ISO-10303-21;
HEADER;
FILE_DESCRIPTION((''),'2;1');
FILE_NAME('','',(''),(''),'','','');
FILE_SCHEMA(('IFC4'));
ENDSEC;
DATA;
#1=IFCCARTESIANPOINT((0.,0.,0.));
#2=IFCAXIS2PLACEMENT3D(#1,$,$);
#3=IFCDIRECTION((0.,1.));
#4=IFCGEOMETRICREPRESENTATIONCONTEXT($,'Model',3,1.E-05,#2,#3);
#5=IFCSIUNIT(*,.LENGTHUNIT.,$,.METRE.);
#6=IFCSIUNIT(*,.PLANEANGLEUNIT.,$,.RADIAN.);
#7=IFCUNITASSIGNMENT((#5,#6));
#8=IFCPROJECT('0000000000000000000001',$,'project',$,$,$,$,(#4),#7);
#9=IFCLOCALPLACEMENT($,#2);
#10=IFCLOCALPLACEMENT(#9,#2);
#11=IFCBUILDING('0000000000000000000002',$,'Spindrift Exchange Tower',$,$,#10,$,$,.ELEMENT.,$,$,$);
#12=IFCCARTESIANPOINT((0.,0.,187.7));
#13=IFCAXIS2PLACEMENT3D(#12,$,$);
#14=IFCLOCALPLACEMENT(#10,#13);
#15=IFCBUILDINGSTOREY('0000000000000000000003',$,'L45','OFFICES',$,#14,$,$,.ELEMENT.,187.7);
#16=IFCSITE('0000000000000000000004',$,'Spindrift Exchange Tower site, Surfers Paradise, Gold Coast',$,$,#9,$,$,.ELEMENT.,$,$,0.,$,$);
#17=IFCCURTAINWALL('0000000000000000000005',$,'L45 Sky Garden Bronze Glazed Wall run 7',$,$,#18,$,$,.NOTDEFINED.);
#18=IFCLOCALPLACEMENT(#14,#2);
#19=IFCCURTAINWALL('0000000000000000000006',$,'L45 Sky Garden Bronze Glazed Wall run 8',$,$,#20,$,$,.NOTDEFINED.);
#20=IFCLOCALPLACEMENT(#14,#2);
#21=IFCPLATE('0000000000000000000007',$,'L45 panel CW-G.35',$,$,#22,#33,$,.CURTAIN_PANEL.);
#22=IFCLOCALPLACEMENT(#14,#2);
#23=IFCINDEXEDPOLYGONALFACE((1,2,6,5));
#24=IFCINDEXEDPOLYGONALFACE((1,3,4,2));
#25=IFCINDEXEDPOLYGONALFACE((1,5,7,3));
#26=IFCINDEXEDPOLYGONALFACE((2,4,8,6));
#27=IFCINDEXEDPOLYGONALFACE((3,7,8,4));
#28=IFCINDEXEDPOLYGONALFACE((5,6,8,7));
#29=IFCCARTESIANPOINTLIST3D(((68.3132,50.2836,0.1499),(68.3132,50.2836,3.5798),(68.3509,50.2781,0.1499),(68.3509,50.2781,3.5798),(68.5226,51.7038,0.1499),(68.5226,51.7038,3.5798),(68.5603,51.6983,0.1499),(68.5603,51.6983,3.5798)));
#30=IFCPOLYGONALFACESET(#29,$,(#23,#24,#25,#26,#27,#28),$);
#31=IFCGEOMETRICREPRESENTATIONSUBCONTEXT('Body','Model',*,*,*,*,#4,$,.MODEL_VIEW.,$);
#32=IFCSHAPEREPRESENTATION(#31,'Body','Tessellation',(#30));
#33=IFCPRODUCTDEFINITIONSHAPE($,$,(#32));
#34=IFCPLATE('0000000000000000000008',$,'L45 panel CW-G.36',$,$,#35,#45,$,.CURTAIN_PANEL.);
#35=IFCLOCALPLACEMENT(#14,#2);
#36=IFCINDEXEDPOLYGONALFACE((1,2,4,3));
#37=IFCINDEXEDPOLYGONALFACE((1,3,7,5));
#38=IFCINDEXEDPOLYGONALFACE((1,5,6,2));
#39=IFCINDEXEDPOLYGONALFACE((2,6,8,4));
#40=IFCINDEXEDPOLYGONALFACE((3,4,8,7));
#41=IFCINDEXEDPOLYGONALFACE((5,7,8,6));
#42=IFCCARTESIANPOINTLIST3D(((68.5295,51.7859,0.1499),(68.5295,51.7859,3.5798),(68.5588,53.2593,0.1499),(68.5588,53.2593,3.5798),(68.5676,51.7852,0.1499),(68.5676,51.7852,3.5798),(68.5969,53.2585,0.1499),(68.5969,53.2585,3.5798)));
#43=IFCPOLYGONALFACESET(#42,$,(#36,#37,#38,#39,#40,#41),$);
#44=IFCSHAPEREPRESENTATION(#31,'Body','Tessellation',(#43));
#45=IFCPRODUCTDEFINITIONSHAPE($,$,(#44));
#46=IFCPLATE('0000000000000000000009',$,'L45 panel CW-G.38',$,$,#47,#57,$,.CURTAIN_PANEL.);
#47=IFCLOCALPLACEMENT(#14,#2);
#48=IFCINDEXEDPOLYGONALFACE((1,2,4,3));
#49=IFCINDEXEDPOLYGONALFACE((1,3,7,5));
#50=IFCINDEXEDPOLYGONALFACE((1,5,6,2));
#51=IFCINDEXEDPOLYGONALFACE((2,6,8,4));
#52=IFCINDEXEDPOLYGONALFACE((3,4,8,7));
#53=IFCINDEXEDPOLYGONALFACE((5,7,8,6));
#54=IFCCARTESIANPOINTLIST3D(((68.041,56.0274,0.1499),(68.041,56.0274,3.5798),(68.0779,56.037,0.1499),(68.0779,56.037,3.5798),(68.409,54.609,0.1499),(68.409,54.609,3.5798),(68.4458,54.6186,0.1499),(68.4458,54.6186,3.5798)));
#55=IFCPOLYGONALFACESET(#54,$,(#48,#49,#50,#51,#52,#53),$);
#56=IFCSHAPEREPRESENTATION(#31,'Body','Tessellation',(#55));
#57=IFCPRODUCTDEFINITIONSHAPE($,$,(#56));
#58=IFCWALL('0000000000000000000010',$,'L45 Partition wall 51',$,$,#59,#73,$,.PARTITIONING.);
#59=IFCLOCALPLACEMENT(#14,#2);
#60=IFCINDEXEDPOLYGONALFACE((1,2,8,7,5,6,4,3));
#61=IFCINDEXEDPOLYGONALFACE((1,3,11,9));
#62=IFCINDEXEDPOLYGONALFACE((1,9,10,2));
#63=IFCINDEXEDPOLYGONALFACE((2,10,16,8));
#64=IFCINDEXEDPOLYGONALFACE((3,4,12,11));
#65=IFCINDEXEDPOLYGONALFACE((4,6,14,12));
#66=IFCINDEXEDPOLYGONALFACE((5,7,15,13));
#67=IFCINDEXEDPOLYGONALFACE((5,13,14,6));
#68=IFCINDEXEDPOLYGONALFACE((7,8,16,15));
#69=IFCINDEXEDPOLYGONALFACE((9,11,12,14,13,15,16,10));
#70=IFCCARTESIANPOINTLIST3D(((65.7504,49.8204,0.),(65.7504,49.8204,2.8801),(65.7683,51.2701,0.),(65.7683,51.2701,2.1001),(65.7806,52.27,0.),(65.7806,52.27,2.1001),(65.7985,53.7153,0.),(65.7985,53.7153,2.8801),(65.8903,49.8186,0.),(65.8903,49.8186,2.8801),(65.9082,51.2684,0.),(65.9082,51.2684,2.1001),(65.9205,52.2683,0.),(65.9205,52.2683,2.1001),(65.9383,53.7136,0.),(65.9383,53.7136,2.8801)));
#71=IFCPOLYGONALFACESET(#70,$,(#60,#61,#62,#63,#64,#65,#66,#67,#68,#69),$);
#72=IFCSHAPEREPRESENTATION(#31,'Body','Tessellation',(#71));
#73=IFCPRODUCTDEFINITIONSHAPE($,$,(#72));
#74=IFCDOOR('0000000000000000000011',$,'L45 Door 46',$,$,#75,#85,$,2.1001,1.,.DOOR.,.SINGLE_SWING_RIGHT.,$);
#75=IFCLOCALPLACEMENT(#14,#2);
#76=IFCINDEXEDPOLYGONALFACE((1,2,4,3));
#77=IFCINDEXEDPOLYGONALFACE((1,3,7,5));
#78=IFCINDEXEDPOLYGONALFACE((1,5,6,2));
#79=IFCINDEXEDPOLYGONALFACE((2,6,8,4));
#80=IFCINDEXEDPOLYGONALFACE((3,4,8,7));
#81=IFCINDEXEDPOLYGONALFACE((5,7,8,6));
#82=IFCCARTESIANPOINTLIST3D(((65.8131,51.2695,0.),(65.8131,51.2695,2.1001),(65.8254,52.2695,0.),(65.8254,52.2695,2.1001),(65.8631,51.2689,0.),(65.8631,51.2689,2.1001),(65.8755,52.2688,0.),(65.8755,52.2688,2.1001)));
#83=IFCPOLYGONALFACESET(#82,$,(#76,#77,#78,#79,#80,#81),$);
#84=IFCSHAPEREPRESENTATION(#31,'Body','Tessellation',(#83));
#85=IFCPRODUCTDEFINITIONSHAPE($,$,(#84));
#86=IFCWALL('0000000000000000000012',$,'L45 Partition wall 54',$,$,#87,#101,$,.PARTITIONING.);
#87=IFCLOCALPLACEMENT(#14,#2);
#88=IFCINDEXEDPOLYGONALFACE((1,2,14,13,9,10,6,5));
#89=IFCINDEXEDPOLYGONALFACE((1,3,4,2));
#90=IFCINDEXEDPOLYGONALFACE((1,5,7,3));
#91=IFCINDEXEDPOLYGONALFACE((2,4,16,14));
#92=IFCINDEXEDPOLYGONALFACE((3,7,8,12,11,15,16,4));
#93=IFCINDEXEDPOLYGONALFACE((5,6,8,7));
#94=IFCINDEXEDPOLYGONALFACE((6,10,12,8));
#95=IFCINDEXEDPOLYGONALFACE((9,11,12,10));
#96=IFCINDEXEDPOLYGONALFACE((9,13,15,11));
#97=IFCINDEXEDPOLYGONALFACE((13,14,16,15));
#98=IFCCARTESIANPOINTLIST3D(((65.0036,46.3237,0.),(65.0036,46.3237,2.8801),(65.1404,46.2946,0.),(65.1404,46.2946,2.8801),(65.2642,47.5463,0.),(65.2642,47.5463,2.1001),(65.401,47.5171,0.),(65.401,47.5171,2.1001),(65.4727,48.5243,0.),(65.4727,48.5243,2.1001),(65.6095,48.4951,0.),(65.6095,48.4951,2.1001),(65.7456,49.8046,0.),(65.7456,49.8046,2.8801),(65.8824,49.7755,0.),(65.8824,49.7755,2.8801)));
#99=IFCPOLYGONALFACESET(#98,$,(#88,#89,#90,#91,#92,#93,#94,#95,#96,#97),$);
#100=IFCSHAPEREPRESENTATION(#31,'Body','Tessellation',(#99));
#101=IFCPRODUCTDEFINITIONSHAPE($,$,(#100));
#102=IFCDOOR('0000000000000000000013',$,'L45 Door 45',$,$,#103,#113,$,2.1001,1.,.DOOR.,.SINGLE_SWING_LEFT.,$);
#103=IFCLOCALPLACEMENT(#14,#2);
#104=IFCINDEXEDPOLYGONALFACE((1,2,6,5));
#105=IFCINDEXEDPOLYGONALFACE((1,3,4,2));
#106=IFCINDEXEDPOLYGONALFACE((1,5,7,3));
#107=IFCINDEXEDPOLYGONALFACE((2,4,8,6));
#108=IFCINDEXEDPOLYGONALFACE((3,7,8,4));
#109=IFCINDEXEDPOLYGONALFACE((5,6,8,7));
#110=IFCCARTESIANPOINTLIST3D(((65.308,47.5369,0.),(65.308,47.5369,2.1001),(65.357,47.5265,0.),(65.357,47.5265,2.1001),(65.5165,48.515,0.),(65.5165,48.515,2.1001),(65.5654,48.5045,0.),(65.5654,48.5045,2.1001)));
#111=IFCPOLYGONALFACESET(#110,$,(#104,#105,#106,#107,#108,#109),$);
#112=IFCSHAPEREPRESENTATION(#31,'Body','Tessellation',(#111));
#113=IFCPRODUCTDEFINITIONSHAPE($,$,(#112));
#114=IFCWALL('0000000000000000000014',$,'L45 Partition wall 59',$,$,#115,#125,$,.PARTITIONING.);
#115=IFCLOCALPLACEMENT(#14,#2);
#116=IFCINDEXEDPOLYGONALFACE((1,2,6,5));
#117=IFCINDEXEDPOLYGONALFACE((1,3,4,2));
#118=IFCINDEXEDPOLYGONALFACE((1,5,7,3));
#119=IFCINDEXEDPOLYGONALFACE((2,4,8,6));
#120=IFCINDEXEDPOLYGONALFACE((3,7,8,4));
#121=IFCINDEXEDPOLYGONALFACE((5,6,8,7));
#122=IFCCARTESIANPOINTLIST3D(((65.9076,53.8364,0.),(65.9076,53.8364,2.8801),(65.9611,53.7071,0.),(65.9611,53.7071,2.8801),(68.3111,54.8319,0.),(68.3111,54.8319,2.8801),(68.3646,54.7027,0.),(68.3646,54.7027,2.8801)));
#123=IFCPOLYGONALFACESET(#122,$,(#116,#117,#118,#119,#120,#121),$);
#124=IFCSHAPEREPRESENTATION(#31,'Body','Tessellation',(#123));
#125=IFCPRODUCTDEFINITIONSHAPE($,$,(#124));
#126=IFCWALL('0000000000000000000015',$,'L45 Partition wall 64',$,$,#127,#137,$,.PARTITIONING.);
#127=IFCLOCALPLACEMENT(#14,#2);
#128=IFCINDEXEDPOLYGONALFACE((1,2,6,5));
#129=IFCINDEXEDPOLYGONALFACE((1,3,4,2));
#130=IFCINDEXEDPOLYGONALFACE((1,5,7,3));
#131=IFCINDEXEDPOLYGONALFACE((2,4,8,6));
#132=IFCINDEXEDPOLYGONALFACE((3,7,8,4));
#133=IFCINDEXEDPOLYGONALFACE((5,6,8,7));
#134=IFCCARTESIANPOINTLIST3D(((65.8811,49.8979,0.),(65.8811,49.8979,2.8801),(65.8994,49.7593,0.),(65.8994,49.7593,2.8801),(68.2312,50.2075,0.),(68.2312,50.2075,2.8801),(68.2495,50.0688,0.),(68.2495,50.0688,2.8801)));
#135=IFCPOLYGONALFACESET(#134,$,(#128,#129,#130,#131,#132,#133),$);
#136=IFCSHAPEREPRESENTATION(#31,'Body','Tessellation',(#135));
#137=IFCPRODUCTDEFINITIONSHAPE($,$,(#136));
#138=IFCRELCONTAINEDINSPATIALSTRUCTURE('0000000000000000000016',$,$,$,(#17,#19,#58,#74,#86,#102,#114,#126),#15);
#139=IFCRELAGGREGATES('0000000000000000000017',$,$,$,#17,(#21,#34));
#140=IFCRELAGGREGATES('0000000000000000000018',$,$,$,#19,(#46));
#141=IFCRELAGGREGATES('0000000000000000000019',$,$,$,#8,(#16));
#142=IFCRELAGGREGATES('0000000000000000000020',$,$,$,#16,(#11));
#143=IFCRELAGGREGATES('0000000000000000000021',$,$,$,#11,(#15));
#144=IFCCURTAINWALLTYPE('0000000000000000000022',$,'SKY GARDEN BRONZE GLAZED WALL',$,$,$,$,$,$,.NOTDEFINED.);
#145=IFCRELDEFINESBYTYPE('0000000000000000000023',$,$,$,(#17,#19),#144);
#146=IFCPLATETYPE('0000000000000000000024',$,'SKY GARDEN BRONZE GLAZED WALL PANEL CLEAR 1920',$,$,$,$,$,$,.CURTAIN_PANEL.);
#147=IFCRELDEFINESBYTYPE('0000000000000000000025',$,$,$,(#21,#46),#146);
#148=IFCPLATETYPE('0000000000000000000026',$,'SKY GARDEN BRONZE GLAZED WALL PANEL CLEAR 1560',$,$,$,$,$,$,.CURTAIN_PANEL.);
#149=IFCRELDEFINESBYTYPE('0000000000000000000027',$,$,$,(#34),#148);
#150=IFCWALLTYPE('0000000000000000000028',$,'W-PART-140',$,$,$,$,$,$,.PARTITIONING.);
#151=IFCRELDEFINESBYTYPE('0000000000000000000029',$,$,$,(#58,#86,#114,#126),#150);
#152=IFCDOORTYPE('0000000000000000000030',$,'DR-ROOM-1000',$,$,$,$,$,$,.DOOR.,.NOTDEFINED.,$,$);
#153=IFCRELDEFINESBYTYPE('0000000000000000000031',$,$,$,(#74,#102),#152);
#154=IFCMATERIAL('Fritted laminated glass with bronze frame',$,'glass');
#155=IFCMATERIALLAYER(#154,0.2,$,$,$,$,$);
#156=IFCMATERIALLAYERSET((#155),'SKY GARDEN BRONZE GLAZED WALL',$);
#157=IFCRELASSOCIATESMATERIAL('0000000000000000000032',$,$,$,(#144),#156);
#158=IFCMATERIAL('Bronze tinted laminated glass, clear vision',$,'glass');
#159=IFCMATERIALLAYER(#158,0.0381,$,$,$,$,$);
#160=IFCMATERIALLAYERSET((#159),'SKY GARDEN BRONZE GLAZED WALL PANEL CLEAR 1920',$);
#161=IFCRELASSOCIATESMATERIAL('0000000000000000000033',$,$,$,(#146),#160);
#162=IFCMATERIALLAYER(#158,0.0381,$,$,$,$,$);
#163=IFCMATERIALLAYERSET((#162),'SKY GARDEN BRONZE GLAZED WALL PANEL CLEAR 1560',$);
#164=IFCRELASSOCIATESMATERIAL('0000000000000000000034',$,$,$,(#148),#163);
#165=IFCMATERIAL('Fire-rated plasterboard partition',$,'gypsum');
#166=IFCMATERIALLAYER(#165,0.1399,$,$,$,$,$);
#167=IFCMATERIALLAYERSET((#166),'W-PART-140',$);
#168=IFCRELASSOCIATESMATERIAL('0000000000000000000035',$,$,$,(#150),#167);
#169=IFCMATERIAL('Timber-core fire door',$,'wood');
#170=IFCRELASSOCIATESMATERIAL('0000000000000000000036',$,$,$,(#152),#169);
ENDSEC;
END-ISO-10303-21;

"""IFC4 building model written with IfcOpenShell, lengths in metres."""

from ifc_helpers import new_model, si_unit, direction, frame, frame_2d, origin, origin_2d, place, context, subcontext, project, spatial, rectangle, extrude, source, transform, mapped, material, layer, layer_set, type_object, element, fill, aggregate, save


model = new_model("IFC4")

# Units and contexts
model_context = context("Model", 3, precision=1e-05, world=origin(), true_north=direction((0.0, 1.0)))
body_context = subcontext(model_context, "Body", "Model", "MODEL_VIEW")
ifc_project = project(units=[si_unit("LENGTHUNIT", "METRE"), si_unit("PLANEANGLEUNIT", "RADIAN")], contexts=[model_context])

# Site, building, storey
site_placement = place(None, origin())
site = spatial("IfcSite", under=ifc_project, at=site_placement, Name="Spindrift Exchange Tower site, Surfers Paradise, Gold Coast", CompositionType="ELEMENT", RefElevation=0.0)
building_placement = place(site_placement, origin())
building = spatial("IfcBuilding", under=site, at=building_placement, Name="Spindrift Exchange Tower", CompositionType="ELEMENT")
storey_placement = place(building_placement, frame((0.0, 0.0, 187.7)))
storey = spatial("IfcBuildingStorey", under=building, at=storey_placement, Name="L45", Description="OFFICES", CompositionType="ELEMENT", Elevation=187.7)

# Curtain walls
ifc_material_1 = material(Name="Fritted laminated glass with bronze frame", Category="glass")
ifc_layer_1 = layer(ifc_material_1, 0.2)
ifc_layer_set_1 = layer_set([ifc_layer_1], Name="SKY GARDEN BRONZE GLAZED WALL")
curtain_wall_type = type_object("IfcCurtainWallType", Name="SKY GARDEN BRONZE GLAZED WALL", PredefinedType="NOTDEFINED", material=ifc_layer_set_1)
curtain_wall_1_placement = place(storey_placement, origin())
curtain_wall_1 = element("IfcCurtainWall", 1, at=curtain_wall_1_placement, inside=storey, type_object=curtain_wall_type, Name="L45 Sky Garden Bronze Glazed Wall run 7", PredefinedType="NOTDEFINED")
curtain_wall_2_placement = place(storey_placement, origin())
curtain_wall_2 = element("IfcCurtainWall", 2, at=curtain_wall_2_placement, inside=storey, type_object=curtain_wall_type, Name="L45 Sky Garden Bronze Glazed Wall run 8", PredefinedType="NOTDEFINED")

# Plates
ifc_material_2 = material(Name="Bronze tinted laminated glass, clear vision", Category="glass")
ifc_layer_2 = layer(ifc_material_2, 0.0381)
ifc_layer_set_2 = layer_set([ifc_layer_2], Name="SKY GARDEN BRONZE GLAZED WALL PANEL CLEAR 1920")
plate_type_1 = type_object("IfcPlateType", Name="SKY GARDEN BRONZE GLAZED WALL PANEL CLEAR 1920", PredefinedType="CURTAIN_PANEL", material=ifc_layer_set_2)
shared_shape_1 = source(origin(), body_context, "Body", "SweptSolid", [
    extrude(rectangle(XDim=1.4355, YDim=0.0381, at=origin_2d()), origin(), (0.0, 0.0, 1.0), 3.4299),
])
plate_1_placement = place(storey_placement, frame((68.4368, 50.991, 0.1499), z_axis=(0.0, 0.0, 1.0), x_axis=(0.145867, 0.989304, 0.0)))
plate_1 = element("IfcPlate", 3, at=plate_1_placement, type_object=plate_type_1, Name="L45 panel CW-G.35", PredefinedType="CURTAIN_PANEL", context=body_context, shape_type="MappedRepresentation", body=[
    mapped(shared_shape_1, transform((0.0, 0.0, 0.0), scale=1.0)),
])
ifc_layer_3 = layer(ifc_material_2, 0.0381)
ifc_layer_set_3 = layer_set([ifc_layer_3], Name="SKY GARDEN BRONZE GLAZED WALL PANEL CLEAR 1560")
plate_type_2 = type_object("IfcPlateType", Name="SKY GARDEN BRONZE GLAZED WALL PANEL CLEAR 1560", PredefinedType="CURTAIN_PANEL", material=ifc_layer_set_3)
shared_shape_2 = source(origin(), body_context, "Body", "SweptSolid", [
    extrude(rectangle(XDim=1.4736, YDim=0.0381, at=origin_2d()), origin(), (0.0, 0.0, 1.0), 3.4299),
])
plate_2_placement = place(storey_placement, frame((68.5632, 52.5222, 0.1499), z_axis=(0.0, 0.0, 1.0), x_axis=(0.019888, 0.999802, 0.0)))
plate_2 = element("IfcPlate", 4, at=plate_2_placement, type_object=plate_type_2, Name="L45 panel CW-G.36", PredefinedType="CURTAIN_PANEL", context=body_context, shape_type="MappedRepresentation", body=[
    mapped(shared_shape_2, transform((0.0, 0.0, 0.0), scale=1.0)),
])
aggregate(curtain_wall_1, [plate_1, plate_2])
shared_shape_3 = source(origin(), body_context, "Body", "SweptSolid", [
    extrude(rectangle(XDim=1.4653, YDim=0.0381, at=origin_2d()), origin(), (0.0, 0.0, 1.0), 3.4299),
])
plate_3_placement = place(storey_placement, frame((68.2434, 55.323, 0.1499), z_axis=(0.0, 0.0, 1.0), x_axis=(-0.251117, 0.967957, 0.0)))
plate_3 = element("IfcPlate", 5, at=plate_3_placement, type_object=plate_type_1, Name="L45 panel CW-G.38", PredefinedType="CURTAIN_PANEL", context=body_context, shape_type="MappedRepresentation", body=[
    mapped(shared_shape_3, transform((0.0, 0.0, 0.0), scale=1.0)),
])
aggregate(curtain_wall_2, [plate_3])

# Walls, openings, doors
ifc_material_3 = material(Name="Fire-rated plasterboard partition", Category="gypsum")
ifc_layer_4 = layer(ifc_material_3, 0.1399)
ifc_layer_set_4 = layer_set([ifc_layer_4], Name="W-PART-140")
wall_type = type_object("IfcWallType", Name="W-PART-140", PredefinedType="PARTITIONING", material=ifc_layer_set_4)
wall_1_placement = place(storey_placement, frame((65.8684, 53.7146, 0.0), z_axis=(0.0, 0.0, 1.0), x_axis=(-0.012347, -0.999924, 0.0)))
wall_1 = element("IfcWall", 6, at=wall_1_placement, inside=storey, type_object=wall_type, Name="L45 Partition wall 51", PredefinedType="PARTITIONING", context=body_context, shape_type="SweptSolid", body=[
    extrude(rectangle(XDim=3.8953, YDim=0.1399, at=frame_2d((1.9478, 0.0))), origin(), (0.0, 0.0, 1.0), 2.8801),
])
opening_1_placement = place(wall_1_placement, frame((1.4456, 0.0, 0.0)))
opening_1 = element("IfcOpeningElement", 7, at=opening_1_placement, cuts=wall_1, PredefinedType="OPENING", context=body_context, shape_type="SweptSolid", body=[
    extrude(rectangle(XDim=1.0, YDim=2.1001, at=frame_2d((0.5, 1.05))), frame((0.0, 0.0798, 0.0), z_axis=(0.0, -1.0, 0.0), x_axis=(1.0, 0.0, 0.0)), (0.0, 0.0, 1.0), 0.1599),
])
ifc_material_4 = material(Name="Timber-core fire door", Category="wood")
door_type = type_object("IfcDoorType", Name="DR-ROOM-1000", OperationType="NOTDEFINED", PredefinedType="DOOR", material=ifc_material_4)
shared_shape_4 = source(origin(), body_context, "Body", "SweptSolid", [
    extrude(rectangle(XDim=1.0, YDim=2.1001, at=frame_2d((0.5, 1.05))), frame((0.0, 0.0249, 0.0), z_axis=(0.0, -1.0, 0.0), x_axis=(1.0, 0.0, 0.0)), (0.0, 0.0, 1.0), 0.05),
])
door_1_placement = place(opening_1_placement, origin())
door_1 = element("IfcDoor", 8, at=door_1_placement, inside=storey, type_object=door_type, Name="L45 Door 46", OperationType="SINGLE_SWING_RIGHT", OverallHeight=2.1001, OverallWidth=1.0, PredefinedType="DOOR", context=body_context, shape_type="MappedRepresentation", body=[
    mapped(shared_shape_4, transform((0.0, 0.0, 0.0), scale=1.0)),
])
fill(opening_1, door_1)
wall_2_placement = place(storey_placement, frame((65.814, 49.79, 0.0), z_axis=(0.0, 0.0, 1.0), x_axis=(-0.208461, -0.978031, 0.0)))
wall_2 = element("IfcWall", 9, at=wall_2_placement, inside=storey, type_object=wall_type, Name="L45 Partition wall 54", PredefinedType="PARTITIONING", context=body_context, shape_type="SweptSolid", body=[
    extrude(rectangle(XDim=3.5591, YDim=0.1399, at=frame_2d((1.7795, 0.0))), origin(), (0.0, 0.0, 1.0), 2.8801),
])
opening_2_placement = place(wall_2_placement, frame((1.3091, 0.0, 0.0)))
opening_2 = element("IfcOpeningElement", 10, at=opening_2_placement, cuts=wall_2, PredefinedType="OPENING", context=body_context, shape_type="SweptSolid", body=[
    extrude(rectangle(XDim=1.0, YDim=2.1001, at=frame_2d((0.5, 1.05))), frame((0.0, 0.0798, 0.0), z_axis=(0.0, -1.0, 0.0), x_axis=(1.0, 0.0, 0.0)), (0.0, 0.0, 1.0), 0.1599),
])
door_2_placement = place(opening_2_placement, origin())
door_2 = element("IfcDoor", 11, at=door_2_placement, inside=storey, type_object=door_type, Name="L45 Door 45", OperationType="SINGLE_SWING_LEFT", OverallHeight=2.1001, OverallWidth=1.0, PredefinedType="DOOR", context=body_context, shape_type="MappedRepresentation", body=[
    mapped(shared_shape_4, transform((0.0, 0.0, 0.0), scale=1.0)),
])
fill(opening_2, door_2)

# Walls
wall_3_placement = place(storey_placement, frame((65.9343, 53.7717, 0.0), z_axis=(0.0, 0.0, 1.0), x_axis=(0.923877, 0.382689, 0.0)))
element("IfcWall", 12, at=wall_3_placement, inside=storey, type_object=wall_type, Name="L45 Partition wall 59", PredefinedType="PARTITIONING", context=body_context, shape_type="SweptSolid", body=[
    extrude(rectangle(XDim=2.6016, YDim=0.1399, at=frame_2d((1.3008, 0.0))), origin(), (0.0, 0.0, 1.0), 2.8801),
])
wall_4_placement = place(storey_placement, frame((65.8904, 49.8286, 0.0), z_axis=(0.0, 0.0, 1.0), x_axis=(0.991435, 0.130598, 0.0)))
element("IfcWall", 13, at=wall_4_placement, inside=storey, type_object=wall_type, Name="L45 Partition wall 64", PredefinedType="PARTITIONING", context=body_context, shape_type="SweptSolid", body=[
    extrude(rectangle(XDim=2.3704, YDim=0.1399, at=frame_2d((1.1851, 0.0))), origin(), (0.0, 0.0, 1.0), 2.8801),
])

save(model, "model.ifc")
